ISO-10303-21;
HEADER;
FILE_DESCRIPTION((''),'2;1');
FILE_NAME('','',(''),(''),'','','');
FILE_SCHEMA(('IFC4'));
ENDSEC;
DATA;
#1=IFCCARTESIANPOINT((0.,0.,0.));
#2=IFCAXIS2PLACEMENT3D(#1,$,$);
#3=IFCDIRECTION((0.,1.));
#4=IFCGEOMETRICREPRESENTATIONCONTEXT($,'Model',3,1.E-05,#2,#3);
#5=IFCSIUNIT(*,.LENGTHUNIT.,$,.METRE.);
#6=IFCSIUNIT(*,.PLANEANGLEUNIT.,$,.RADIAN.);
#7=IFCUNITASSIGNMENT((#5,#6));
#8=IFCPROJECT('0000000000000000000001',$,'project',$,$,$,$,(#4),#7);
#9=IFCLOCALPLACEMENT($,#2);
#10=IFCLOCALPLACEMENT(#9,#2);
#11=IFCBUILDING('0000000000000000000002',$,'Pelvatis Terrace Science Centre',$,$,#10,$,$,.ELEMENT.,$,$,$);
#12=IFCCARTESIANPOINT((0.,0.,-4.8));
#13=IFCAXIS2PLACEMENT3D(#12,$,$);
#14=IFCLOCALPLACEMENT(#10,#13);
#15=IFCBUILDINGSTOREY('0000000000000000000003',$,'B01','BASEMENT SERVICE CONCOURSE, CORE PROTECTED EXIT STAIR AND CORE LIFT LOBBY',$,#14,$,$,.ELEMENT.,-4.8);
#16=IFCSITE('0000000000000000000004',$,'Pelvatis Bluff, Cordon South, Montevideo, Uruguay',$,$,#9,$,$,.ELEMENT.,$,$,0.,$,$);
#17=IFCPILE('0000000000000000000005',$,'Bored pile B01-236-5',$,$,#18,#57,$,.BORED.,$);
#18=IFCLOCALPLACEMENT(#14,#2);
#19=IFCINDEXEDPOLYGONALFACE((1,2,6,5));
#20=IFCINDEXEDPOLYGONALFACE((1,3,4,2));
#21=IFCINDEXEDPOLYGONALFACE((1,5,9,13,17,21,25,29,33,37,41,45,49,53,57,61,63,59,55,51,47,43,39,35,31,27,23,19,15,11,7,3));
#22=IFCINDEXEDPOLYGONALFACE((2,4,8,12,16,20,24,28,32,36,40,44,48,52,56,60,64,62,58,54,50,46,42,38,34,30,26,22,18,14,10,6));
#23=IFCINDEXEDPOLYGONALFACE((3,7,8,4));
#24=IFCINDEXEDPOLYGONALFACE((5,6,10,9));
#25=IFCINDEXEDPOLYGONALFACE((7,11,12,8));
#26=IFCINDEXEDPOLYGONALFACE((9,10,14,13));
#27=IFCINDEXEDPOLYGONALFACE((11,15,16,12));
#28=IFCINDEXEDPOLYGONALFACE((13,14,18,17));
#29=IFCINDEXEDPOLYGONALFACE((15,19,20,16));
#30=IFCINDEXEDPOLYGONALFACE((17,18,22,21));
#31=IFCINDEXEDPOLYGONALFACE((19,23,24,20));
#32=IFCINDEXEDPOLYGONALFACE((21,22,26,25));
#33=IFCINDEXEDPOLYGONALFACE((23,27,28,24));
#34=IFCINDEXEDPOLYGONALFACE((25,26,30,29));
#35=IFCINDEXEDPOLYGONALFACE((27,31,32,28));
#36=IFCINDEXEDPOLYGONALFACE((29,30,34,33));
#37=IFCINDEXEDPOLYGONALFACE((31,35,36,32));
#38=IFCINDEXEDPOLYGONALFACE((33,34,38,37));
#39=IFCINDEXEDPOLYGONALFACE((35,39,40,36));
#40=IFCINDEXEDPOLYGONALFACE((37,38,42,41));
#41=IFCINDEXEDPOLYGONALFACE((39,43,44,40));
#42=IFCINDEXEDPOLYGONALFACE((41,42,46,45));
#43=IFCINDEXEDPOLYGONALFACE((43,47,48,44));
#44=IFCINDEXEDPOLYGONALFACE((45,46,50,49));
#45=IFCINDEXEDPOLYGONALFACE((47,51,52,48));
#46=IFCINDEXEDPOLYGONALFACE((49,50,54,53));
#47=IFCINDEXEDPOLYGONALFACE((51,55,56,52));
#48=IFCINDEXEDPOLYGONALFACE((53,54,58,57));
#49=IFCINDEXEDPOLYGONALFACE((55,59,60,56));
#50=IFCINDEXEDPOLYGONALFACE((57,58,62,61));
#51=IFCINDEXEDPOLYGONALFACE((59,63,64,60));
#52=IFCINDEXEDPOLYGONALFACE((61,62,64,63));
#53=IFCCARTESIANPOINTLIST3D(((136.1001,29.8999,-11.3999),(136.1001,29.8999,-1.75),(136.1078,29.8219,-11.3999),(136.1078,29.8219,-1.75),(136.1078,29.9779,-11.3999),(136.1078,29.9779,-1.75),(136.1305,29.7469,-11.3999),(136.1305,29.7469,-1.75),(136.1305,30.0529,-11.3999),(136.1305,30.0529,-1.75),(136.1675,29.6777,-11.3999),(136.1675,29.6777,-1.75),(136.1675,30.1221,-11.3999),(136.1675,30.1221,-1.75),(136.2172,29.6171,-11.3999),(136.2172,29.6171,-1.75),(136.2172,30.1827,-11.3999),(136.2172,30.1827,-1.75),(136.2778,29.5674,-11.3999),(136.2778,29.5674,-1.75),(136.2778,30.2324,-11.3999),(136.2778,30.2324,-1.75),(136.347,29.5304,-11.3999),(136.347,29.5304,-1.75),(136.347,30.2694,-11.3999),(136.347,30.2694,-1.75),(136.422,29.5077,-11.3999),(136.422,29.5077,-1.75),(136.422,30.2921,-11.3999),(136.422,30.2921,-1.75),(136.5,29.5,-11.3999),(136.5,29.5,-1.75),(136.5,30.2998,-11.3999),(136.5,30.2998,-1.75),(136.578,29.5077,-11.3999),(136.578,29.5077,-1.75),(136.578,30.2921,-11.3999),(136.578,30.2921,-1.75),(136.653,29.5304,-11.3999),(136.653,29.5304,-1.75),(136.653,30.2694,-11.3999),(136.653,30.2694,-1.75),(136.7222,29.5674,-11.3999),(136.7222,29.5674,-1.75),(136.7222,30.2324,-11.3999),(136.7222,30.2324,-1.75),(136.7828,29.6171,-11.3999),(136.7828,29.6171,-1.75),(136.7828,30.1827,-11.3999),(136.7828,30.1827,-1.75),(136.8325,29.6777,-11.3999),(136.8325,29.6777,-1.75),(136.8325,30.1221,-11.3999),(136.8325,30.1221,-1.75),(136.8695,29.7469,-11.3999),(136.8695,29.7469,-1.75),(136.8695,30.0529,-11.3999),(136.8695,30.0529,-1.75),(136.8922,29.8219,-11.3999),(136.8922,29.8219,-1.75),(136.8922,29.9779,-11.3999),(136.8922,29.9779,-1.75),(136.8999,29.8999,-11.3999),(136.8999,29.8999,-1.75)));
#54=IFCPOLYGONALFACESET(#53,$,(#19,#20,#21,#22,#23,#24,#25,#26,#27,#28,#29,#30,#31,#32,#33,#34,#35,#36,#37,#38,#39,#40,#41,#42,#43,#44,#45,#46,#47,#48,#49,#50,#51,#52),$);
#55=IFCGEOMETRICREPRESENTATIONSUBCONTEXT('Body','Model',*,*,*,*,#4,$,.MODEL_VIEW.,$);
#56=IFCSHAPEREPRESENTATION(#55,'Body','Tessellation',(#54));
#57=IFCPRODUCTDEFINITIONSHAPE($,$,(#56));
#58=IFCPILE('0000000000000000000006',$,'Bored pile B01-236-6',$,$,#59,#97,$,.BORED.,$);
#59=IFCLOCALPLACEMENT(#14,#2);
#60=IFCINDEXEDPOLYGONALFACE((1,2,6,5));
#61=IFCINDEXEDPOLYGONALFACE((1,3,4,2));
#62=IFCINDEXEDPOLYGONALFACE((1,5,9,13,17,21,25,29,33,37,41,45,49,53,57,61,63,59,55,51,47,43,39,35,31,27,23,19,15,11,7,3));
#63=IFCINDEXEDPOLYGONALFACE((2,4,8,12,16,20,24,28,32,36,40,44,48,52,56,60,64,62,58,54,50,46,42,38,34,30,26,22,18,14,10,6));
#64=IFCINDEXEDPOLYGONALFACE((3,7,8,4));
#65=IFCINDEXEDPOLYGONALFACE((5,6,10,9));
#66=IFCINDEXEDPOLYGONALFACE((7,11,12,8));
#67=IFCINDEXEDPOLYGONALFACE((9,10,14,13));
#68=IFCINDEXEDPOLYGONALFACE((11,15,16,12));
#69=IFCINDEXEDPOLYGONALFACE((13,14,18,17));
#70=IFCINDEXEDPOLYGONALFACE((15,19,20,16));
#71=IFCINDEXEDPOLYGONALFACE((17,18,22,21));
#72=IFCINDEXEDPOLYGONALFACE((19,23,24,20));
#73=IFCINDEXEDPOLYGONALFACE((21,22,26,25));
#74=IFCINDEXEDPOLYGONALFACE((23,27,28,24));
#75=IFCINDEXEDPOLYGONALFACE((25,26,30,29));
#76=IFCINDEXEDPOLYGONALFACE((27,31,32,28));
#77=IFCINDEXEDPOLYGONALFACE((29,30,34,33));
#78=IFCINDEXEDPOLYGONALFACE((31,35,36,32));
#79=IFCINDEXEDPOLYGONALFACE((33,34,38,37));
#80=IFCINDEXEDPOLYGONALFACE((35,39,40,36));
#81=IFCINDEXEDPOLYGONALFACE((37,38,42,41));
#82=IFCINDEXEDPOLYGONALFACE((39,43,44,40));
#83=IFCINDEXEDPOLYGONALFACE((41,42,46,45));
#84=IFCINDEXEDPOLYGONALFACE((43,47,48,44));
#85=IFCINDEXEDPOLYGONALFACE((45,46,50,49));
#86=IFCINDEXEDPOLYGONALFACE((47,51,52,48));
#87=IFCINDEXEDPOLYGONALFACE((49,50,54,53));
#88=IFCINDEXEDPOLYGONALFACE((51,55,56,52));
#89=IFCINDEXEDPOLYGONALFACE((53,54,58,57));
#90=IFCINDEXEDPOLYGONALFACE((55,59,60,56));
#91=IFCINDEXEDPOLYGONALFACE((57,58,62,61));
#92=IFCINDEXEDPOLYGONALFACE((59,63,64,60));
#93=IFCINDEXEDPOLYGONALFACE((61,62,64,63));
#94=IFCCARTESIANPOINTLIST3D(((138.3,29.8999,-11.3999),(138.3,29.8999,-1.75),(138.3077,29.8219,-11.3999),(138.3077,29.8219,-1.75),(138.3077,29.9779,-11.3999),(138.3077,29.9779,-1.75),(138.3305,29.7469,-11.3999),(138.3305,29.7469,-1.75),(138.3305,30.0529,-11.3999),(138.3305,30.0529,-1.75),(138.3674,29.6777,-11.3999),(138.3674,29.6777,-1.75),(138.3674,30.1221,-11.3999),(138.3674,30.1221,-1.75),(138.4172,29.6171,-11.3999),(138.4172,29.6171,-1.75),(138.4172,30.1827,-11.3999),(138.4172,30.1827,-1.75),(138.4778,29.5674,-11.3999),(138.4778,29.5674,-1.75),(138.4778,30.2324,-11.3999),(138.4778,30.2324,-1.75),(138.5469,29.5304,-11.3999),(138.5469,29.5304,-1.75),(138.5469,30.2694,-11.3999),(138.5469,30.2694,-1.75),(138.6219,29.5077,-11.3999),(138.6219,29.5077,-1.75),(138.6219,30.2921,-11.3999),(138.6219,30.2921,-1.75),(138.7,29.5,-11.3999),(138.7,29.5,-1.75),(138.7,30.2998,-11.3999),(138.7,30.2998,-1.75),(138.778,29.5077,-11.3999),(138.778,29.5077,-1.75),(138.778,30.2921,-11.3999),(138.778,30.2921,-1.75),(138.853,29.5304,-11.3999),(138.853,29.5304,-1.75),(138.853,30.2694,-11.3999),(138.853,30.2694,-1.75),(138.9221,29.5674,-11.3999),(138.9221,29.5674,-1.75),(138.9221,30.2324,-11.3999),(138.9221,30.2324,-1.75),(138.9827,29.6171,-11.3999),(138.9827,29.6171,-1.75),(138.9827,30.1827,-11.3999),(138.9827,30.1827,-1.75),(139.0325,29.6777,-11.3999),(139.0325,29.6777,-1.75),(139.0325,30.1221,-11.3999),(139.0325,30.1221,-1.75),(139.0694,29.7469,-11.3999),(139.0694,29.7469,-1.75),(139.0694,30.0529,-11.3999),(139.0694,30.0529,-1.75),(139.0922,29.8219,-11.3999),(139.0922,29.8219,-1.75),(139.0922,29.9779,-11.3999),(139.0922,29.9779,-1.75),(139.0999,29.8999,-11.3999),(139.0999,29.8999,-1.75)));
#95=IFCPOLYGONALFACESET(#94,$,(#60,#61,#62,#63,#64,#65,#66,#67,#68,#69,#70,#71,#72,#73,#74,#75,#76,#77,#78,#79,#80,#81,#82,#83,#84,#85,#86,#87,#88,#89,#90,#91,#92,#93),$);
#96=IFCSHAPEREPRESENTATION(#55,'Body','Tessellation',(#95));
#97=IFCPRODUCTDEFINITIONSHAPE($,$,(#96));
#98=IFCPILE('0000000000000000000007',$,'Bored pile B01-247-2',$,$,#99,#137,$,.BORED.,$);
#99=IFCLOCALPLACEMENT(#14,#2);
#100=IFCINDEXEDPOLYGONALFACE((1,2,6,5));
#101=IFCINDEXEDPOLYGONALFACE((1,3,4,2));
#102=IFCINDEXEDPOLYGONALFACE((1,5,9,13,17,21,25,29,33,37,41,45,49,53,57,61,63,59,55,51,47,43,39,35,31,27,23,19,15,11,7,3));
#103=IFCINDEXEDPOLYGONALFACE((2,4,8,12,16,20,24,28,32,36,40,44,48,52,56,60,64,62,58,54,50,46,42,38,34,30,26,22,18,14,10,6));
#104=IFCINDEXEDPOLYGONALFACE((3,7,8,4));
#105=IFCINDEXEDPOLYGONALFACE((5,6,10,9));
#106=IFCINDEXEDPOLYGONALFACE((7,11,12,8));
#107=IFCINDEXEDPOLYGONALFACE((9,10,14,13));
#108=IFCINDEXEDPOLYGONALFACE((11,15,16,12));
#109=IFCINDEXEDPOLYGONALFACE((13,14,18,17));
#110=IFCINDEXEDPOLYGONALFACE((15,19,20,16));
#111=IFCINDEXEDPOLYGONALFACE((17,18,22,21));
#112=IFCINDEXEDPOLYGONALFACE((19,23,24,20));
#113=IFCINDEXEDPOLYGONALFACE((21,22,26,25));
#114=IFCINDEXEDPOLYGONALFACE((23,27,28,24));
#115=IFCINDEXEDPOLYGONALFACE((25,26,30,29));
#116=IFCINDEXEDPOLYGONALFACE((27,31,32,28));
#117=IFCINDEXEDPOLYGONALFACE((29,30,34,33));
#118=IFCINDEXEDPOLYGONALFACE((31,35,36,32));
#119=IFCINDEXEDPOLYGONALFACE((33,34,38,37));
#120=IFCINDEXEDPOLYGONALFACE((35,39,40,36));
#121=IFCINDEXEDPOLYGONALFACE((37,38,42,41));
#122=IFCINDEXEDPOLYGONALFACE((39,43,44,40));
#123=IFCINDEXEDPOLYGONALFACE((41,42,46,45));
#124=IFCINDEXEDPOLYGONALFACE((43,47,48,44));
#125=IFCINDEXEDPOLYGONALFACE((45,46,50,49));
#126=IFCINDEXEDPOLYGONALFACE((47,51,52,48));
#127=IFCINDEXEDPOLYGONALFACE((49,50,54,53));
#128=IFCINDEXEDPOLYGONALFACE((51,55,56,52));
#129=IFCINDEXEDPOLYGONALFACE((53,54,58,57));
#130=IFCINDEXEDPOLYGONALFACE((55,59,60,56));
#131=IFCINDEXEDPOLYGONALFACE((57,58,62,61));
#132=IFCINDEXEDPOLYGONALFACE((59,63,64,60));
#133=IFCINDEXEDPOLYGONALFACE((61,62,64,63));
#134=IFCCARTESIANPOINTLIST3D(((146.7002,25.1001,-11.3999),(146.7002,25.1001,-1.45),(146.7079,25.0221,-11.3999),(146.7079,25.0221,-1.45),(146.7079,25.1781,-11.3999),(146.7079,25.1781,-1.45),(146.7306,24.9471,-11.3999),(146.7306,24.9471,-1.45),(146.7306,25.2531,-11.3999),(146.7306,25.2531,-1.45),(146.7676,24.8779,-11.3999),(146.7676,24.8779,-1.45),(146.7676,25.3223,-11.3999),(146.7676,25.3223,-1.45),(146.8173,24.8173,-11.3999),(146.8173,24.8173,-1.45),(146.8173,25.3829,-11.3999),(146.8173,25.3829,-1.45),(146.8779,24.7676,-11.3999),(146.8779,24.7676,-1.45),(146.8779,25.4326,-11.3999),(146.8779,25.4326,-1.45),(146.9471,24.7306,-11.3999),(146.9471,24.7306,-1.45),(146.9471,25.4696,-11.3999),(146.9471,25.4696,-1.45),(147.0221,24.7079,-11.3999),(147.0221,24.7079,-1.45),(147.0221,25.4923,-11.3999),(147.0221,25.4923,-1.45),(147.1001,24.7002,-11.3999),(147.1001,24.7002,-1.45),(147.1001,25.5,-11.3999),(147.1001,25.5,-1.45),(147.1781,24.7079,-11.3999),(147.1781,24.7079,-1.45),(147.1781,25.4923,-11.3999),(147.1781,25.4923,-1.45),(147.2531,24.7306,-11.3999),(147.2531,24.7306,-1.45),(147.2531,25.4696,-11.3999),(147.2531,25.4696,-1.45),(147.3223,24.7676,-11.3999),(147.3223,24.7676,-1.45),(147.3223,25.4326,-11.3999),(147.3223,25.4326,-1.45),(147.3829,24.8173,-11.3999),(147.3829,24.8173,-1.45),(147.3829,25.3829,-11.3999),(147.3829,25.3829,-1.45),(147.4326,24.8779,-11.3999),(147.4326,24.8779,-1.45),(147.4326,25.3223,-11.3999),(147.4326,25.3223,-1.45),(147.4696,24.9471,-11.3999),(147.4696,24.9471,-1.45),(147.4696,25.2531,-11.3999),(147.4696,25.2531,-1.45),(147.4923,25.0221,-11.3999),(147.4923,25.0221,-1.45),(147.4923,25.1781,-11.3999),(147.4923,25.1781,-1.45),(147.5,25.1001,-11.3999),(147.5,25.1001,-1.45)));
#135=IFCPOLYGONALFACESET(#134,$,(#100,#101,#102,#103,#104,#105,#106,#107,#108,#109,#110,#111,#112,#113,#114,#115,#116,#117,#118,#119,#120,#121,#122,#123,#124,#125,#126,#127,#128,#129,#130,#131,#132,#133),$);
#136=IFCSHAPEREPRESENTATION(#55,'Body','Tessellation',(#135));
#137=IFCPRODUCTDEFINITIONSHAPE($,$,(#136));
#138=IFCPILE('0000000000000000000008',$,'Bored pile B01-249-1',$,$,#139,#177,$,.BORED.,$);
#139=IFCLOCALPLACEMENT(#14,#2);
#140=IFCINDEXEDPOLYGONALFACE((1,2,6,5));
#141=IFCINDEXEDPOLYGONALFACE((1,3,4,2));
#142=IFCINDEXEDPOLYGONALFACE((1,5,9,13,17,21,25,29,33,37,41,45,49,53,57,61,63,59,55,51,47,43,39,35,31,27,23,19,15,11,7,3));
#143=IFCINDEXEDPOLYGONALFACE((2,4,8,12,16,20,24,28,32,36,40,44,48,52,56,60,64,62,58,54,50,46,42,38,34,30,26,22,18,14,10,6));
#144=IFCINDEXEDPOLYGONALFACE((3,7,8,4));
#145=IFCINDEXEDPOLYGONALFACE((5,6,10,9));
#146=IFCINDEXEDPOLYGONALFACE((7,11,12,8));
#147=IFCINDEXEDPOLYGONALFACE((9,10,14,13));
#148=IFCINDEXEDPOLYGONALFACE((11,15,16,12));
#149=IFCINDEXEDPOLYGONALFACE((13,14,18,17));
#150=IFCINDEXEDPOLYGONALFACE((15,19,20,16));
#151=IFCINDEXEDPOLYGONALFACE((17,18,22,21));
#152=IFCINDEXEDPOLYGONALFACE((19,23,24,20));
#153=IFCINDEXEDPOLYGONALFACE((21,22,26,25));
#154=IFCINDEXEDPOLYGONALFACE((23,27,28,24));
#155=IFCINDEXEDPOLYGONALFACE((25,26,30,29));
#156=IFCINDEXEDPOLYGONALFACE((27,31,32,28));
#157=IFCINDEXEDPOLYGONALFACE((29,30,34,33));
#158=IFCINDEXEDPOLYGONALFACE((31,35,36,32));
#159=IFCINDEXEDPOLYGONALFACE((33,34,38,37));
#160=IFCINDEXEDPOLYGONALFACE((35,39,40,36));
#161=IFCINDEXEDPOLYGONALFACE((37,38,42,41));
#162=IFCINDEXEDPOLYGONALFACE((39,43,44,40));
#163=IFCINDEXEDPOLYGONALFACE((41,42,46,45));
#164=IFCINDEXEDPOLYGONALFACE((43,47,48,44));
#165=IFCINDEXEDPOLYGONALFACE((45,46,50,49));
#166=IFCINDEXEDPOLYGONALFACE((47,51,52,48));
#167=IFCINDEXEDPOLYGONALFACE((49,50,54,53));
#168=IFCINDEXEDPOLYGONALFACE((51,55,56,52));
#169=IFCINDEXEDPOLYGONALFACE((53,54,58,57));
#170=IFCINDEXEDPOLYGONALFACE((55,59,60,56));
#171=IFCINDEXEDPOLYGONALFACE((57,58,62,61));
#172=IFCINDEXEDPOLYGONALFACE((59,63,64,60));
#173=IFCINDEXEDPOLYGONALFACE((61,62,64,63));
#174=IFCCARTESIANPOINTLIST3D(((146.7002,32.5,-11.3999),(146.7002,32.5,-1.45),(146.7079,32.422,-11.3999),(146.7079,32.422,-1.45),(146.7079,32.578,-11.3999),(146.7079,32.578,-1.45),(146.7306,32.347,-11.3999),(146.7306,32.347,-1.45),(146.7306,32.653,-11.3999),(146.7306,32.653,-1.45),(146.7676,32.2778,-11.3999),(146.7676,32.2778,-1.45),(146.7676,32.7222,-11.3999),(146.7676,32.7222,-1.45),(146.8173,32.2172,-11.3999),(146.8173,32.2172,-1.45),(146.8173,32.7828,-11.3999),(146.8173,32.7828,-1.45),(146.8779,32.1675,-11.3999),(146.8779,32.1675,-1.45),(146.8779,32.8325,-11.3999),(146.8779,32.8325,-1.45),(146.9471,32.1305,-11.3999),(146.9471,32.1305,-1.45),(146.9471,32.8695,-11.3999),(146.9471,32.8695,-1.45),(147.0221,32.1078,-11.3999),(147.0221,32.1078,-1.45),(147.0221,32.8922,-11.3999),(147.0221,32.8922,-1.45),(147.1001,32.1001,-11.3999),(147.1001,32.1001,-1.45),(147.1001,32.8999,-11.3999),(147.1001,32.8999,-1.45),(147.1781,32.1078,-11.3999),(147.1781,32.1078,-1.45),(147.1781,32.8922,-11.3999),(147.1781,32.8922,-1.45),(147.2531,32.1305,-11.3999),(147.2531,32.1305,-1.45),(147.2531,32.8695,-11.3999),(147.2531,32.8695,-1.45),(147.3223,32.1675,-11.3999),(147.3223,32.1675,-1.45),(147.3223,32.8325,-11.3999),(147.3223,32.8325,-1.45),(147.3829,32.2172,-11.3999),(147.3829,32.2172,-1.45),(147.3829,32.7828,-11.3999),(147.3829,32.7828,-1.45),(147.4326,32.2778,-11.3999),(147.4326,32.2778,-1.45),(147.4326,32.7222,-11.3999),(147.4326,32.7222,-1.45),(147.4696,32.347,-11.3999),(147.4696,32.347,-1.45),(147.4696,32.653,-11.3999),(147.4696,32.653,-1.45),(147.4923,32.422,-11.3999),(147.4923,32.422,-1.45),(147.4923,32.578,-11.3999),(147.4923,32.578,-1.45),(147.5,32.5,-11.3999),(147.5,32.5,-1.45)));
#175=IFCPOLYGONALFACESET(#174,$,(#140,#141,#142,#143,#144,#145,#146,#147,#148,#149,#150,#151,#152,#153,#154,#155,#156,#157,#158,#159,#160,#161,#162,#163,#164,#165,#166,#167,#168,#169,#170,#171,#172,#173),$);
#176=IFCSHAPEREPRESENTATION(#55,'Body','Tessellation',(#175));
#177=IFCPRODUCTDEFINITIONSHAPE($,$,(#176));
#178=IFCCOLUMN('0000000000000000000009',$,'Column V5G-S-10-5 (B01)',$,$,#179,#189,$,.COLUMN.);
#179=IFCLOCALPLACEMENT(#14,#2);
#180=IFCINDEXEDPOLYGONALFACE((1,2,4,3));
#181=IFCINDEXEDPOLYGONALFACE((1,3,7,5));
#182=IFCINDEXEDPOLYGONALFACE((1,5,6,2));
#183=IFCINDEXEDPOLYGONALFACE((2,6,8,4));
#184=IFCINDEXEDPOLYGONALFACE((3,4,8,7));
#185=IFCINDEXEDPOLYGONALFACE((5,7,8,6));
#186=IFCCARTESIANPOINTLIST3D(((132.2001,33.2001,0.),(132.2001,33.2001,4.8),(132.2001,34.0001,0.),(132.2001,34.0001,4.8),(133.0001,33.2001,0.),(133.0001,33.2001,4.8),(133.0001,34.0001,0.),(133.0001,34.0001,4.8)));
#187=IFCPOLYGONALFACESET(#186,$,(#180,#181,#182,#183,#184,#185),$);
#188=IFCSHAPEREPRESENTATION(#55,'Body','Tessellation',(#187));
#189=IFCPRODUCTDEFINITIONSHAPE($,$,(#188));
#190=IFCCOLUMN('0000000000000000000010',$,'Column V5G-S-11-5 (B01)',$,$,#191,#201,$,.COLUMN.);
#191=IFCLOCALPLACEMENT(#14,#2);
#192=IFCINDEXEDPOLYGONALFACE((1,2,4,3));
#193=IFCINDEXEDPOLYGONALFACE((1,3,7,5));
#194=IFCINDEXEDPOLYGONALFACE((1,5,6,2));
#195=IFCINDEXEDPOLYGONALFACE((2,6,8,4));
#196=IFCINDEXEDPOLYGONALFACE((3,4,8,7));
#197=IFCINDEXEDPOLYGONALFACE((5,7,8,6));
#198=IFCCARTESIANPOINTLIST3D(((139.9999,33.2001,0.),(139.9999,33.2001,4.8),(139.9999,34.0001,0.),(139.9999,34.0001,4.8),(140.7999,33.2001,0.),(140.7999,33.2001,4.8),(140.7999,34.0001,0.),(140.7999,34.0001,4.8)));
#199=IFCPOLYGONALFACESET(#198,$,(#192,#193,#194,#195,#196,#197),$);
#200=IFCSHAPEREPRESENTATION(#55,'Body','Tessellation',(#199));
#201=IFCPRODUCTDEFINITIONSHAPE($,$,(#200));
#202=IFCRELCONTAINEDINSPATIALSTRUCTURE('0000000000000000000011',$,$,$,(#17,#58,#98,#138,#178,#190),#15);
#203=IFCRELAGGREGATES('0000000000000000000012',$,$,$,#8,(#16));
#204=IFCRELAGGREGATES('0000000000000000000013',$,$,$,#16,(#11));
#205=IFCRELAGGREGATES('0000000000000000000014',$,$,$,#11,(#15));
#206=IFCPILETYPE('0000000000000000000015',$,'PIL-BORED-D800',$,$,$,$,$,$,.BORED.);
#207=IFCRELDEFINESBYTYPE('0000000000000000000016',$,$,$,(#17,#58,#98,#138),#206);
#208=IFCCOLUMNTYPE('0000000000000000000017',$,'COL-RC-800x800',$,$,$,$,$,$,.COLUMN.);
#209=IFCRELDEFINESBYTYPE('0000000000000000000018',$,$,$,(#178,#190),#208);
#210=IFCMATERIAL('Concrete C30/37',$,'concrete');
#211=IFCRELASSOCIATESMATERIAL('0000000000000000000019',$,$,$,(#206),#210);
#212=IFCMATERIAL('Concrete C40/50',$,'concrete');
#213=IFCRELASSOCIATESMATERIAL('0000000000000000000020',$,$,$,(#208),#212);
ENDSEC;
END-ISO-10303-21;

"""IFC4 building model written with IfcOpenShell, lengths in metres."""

from ifc_helpers import new_model, si_unit, direction, frame, origin, origin_2d, place, context, subcontext, project, spatial, rectangle, circle, extrude, material, material_profile, profile_set, type_object, element, save


model = new_model("IFC4")

# Units and contexts
model_context = context("Model", 3, precision=1e-05, world=origin(), true_north=direction((0.0, 1.0)))
body_context = subcontext(model_context, "Body", "Model", "MODEL_VIEW")
ifc_project = project(units=[si_unit("LENGTHUNIT", "METRE"), si_unit("PLANEANGLEUNIT", "RADIAN")], contexts=[model_context])

# Site, building, storey
site_placement = place(None, origin())
site = spatial("IfcSite", under=ifc_project, at=site_placement, Name="Pelvatis Bluff, Cordon South, Montevideo, Uruguay", CompositionType="ELEMENT", RefElevation=0.0)
building_placement = place(site_placement, origin())
building = spatial("IfcBuilding", under=site, at=building_placement, Name="Pelvatis Terrace Science Centre", CompositionType="ELEMENT")
storey_placement = place(building_placement, frame((0.0, 0.0, -4.8)))
storey = spatial("IfcBuildingStorey", under=building, at=storey_placement, Name="B01", Description="BASEMENT SERVICE CONCOURSE, CORE PROTECTED EXIT STAIR AND CORE LIFT LOBBY", CompositionType="ELEMENT", Elevation=-4.8)

# Piles
ifc_material_1 = material(Name="Concrete C30/37", Category="concrete")
ifc_material_profile_1 = material_profile(ifc_material_1, circle(Radius=0.3999, at=origin_2d()), Name="PILE D800")
ifc_profile_set_1 = profile_set([ifc_material_profile_1], Name="Concrete C30/37")
pile_type = type_object("IfcPileType", Name="PIL-BORED-D800", PredefinedType="BORED", material=ifc_profile_set_1)
for number, where, z_axis, x_axis, name in (
    (1, (136.5, 29.8999, -1.75), (0.0, 0.0, -1.0), (1.0, 0.0, 0.0), "Bored pile B01-236-5"),
    (2, (138.7, 29.8999, -1.75), (0.0, 0.0, -1.0), (1.0, 0.0, 0.0), "Bored pile B01-236-6"),
):
    element("IfcPile", number, at=place(storey_placement, frame(where, z_axis=z_axis, x_axis=x_axis)), inside=storey, type_object=pile_type, Name=name, PredefinedType="BORED", context=body_context, shape_type="SweptSolid", body=[
        extrude(circle(Radius=0.3999, at=origin_2d()), origin(), (0.0, 0.0, 1.0), 9.6499),
    ])
for number, where, z_axis, x_axis, name in (
    (3, (147.1001, 25.1001, -1.45), (0.0, 0.0, -1.0), (1.0, 0.0, 0.0), "Bored pile B01-247-2"),
    (4, (147.1001, 32.5, -1.45), (0.0, 0.0, -1.0), (1.0, 0.0, 0.0), "Bored pile B01-249-1"),
):
    element("IfcPile", number, at=place(storey_placement, frame(where, z_axis=z_axis, x_axis=x_axis)), inside=storey, type_object=pile_type, Name=name, PredefinedType="BORED", context=body_context, shape_type="SweptSolid", body=[
        extrude(circle(Radius=0.3999, at=origin_2d()), origin(), (0.0, 0.0, 1.0), 9.95),
    ])

# Columns
ifc_material_2 = material(Name="Concrete C40/50", Category="concrete")
ifc_material_profile_2 = material_profile(ifc_material_2, rectangle(XDim=0.8, YDim=0.8, at=origin_2d()), Name="RC-COL 800x800")
ifc_profile_set_2 = profile_set([ifc_material_profile_2], Name="Concrete C40/50")
column_type = type_object("IfcColumnType", Name="COL-RC-800x800", PredefinedType="COLUMN", material=ifc_profile_set_2)
for number, where, z_axis, x_axis, name in (
    (5, (132.6001, 33.6001, 0.0), (0.0, 0.0, 1.0), (1.0, 0.0, 0.0), "Column V5G-S-10-5 (B01)"),
    (6, (140.3999, 33.6001, 0.0), (0.0, 0.0, 1.0), (1.0, 0.0, 0.0), "Column V5G-S-11-5 (B01)"),
):
    element("IfcColumn", number, at=place(storey_placement, frame(where, z_axis=z_axis, x_axis=x_axis)), inside=storey, type_object=column_type, Name=name, PredefinedType="COLUMN", context=body_context, shape_type="SweptSolid", body=[
        extrude(rectangle(XDim=0.8, YDim=0.8, at=origin_2d()), origin(), (0.0, 0.0, 1.0), 4.8),
    ])

save(model, "model.ifc")
